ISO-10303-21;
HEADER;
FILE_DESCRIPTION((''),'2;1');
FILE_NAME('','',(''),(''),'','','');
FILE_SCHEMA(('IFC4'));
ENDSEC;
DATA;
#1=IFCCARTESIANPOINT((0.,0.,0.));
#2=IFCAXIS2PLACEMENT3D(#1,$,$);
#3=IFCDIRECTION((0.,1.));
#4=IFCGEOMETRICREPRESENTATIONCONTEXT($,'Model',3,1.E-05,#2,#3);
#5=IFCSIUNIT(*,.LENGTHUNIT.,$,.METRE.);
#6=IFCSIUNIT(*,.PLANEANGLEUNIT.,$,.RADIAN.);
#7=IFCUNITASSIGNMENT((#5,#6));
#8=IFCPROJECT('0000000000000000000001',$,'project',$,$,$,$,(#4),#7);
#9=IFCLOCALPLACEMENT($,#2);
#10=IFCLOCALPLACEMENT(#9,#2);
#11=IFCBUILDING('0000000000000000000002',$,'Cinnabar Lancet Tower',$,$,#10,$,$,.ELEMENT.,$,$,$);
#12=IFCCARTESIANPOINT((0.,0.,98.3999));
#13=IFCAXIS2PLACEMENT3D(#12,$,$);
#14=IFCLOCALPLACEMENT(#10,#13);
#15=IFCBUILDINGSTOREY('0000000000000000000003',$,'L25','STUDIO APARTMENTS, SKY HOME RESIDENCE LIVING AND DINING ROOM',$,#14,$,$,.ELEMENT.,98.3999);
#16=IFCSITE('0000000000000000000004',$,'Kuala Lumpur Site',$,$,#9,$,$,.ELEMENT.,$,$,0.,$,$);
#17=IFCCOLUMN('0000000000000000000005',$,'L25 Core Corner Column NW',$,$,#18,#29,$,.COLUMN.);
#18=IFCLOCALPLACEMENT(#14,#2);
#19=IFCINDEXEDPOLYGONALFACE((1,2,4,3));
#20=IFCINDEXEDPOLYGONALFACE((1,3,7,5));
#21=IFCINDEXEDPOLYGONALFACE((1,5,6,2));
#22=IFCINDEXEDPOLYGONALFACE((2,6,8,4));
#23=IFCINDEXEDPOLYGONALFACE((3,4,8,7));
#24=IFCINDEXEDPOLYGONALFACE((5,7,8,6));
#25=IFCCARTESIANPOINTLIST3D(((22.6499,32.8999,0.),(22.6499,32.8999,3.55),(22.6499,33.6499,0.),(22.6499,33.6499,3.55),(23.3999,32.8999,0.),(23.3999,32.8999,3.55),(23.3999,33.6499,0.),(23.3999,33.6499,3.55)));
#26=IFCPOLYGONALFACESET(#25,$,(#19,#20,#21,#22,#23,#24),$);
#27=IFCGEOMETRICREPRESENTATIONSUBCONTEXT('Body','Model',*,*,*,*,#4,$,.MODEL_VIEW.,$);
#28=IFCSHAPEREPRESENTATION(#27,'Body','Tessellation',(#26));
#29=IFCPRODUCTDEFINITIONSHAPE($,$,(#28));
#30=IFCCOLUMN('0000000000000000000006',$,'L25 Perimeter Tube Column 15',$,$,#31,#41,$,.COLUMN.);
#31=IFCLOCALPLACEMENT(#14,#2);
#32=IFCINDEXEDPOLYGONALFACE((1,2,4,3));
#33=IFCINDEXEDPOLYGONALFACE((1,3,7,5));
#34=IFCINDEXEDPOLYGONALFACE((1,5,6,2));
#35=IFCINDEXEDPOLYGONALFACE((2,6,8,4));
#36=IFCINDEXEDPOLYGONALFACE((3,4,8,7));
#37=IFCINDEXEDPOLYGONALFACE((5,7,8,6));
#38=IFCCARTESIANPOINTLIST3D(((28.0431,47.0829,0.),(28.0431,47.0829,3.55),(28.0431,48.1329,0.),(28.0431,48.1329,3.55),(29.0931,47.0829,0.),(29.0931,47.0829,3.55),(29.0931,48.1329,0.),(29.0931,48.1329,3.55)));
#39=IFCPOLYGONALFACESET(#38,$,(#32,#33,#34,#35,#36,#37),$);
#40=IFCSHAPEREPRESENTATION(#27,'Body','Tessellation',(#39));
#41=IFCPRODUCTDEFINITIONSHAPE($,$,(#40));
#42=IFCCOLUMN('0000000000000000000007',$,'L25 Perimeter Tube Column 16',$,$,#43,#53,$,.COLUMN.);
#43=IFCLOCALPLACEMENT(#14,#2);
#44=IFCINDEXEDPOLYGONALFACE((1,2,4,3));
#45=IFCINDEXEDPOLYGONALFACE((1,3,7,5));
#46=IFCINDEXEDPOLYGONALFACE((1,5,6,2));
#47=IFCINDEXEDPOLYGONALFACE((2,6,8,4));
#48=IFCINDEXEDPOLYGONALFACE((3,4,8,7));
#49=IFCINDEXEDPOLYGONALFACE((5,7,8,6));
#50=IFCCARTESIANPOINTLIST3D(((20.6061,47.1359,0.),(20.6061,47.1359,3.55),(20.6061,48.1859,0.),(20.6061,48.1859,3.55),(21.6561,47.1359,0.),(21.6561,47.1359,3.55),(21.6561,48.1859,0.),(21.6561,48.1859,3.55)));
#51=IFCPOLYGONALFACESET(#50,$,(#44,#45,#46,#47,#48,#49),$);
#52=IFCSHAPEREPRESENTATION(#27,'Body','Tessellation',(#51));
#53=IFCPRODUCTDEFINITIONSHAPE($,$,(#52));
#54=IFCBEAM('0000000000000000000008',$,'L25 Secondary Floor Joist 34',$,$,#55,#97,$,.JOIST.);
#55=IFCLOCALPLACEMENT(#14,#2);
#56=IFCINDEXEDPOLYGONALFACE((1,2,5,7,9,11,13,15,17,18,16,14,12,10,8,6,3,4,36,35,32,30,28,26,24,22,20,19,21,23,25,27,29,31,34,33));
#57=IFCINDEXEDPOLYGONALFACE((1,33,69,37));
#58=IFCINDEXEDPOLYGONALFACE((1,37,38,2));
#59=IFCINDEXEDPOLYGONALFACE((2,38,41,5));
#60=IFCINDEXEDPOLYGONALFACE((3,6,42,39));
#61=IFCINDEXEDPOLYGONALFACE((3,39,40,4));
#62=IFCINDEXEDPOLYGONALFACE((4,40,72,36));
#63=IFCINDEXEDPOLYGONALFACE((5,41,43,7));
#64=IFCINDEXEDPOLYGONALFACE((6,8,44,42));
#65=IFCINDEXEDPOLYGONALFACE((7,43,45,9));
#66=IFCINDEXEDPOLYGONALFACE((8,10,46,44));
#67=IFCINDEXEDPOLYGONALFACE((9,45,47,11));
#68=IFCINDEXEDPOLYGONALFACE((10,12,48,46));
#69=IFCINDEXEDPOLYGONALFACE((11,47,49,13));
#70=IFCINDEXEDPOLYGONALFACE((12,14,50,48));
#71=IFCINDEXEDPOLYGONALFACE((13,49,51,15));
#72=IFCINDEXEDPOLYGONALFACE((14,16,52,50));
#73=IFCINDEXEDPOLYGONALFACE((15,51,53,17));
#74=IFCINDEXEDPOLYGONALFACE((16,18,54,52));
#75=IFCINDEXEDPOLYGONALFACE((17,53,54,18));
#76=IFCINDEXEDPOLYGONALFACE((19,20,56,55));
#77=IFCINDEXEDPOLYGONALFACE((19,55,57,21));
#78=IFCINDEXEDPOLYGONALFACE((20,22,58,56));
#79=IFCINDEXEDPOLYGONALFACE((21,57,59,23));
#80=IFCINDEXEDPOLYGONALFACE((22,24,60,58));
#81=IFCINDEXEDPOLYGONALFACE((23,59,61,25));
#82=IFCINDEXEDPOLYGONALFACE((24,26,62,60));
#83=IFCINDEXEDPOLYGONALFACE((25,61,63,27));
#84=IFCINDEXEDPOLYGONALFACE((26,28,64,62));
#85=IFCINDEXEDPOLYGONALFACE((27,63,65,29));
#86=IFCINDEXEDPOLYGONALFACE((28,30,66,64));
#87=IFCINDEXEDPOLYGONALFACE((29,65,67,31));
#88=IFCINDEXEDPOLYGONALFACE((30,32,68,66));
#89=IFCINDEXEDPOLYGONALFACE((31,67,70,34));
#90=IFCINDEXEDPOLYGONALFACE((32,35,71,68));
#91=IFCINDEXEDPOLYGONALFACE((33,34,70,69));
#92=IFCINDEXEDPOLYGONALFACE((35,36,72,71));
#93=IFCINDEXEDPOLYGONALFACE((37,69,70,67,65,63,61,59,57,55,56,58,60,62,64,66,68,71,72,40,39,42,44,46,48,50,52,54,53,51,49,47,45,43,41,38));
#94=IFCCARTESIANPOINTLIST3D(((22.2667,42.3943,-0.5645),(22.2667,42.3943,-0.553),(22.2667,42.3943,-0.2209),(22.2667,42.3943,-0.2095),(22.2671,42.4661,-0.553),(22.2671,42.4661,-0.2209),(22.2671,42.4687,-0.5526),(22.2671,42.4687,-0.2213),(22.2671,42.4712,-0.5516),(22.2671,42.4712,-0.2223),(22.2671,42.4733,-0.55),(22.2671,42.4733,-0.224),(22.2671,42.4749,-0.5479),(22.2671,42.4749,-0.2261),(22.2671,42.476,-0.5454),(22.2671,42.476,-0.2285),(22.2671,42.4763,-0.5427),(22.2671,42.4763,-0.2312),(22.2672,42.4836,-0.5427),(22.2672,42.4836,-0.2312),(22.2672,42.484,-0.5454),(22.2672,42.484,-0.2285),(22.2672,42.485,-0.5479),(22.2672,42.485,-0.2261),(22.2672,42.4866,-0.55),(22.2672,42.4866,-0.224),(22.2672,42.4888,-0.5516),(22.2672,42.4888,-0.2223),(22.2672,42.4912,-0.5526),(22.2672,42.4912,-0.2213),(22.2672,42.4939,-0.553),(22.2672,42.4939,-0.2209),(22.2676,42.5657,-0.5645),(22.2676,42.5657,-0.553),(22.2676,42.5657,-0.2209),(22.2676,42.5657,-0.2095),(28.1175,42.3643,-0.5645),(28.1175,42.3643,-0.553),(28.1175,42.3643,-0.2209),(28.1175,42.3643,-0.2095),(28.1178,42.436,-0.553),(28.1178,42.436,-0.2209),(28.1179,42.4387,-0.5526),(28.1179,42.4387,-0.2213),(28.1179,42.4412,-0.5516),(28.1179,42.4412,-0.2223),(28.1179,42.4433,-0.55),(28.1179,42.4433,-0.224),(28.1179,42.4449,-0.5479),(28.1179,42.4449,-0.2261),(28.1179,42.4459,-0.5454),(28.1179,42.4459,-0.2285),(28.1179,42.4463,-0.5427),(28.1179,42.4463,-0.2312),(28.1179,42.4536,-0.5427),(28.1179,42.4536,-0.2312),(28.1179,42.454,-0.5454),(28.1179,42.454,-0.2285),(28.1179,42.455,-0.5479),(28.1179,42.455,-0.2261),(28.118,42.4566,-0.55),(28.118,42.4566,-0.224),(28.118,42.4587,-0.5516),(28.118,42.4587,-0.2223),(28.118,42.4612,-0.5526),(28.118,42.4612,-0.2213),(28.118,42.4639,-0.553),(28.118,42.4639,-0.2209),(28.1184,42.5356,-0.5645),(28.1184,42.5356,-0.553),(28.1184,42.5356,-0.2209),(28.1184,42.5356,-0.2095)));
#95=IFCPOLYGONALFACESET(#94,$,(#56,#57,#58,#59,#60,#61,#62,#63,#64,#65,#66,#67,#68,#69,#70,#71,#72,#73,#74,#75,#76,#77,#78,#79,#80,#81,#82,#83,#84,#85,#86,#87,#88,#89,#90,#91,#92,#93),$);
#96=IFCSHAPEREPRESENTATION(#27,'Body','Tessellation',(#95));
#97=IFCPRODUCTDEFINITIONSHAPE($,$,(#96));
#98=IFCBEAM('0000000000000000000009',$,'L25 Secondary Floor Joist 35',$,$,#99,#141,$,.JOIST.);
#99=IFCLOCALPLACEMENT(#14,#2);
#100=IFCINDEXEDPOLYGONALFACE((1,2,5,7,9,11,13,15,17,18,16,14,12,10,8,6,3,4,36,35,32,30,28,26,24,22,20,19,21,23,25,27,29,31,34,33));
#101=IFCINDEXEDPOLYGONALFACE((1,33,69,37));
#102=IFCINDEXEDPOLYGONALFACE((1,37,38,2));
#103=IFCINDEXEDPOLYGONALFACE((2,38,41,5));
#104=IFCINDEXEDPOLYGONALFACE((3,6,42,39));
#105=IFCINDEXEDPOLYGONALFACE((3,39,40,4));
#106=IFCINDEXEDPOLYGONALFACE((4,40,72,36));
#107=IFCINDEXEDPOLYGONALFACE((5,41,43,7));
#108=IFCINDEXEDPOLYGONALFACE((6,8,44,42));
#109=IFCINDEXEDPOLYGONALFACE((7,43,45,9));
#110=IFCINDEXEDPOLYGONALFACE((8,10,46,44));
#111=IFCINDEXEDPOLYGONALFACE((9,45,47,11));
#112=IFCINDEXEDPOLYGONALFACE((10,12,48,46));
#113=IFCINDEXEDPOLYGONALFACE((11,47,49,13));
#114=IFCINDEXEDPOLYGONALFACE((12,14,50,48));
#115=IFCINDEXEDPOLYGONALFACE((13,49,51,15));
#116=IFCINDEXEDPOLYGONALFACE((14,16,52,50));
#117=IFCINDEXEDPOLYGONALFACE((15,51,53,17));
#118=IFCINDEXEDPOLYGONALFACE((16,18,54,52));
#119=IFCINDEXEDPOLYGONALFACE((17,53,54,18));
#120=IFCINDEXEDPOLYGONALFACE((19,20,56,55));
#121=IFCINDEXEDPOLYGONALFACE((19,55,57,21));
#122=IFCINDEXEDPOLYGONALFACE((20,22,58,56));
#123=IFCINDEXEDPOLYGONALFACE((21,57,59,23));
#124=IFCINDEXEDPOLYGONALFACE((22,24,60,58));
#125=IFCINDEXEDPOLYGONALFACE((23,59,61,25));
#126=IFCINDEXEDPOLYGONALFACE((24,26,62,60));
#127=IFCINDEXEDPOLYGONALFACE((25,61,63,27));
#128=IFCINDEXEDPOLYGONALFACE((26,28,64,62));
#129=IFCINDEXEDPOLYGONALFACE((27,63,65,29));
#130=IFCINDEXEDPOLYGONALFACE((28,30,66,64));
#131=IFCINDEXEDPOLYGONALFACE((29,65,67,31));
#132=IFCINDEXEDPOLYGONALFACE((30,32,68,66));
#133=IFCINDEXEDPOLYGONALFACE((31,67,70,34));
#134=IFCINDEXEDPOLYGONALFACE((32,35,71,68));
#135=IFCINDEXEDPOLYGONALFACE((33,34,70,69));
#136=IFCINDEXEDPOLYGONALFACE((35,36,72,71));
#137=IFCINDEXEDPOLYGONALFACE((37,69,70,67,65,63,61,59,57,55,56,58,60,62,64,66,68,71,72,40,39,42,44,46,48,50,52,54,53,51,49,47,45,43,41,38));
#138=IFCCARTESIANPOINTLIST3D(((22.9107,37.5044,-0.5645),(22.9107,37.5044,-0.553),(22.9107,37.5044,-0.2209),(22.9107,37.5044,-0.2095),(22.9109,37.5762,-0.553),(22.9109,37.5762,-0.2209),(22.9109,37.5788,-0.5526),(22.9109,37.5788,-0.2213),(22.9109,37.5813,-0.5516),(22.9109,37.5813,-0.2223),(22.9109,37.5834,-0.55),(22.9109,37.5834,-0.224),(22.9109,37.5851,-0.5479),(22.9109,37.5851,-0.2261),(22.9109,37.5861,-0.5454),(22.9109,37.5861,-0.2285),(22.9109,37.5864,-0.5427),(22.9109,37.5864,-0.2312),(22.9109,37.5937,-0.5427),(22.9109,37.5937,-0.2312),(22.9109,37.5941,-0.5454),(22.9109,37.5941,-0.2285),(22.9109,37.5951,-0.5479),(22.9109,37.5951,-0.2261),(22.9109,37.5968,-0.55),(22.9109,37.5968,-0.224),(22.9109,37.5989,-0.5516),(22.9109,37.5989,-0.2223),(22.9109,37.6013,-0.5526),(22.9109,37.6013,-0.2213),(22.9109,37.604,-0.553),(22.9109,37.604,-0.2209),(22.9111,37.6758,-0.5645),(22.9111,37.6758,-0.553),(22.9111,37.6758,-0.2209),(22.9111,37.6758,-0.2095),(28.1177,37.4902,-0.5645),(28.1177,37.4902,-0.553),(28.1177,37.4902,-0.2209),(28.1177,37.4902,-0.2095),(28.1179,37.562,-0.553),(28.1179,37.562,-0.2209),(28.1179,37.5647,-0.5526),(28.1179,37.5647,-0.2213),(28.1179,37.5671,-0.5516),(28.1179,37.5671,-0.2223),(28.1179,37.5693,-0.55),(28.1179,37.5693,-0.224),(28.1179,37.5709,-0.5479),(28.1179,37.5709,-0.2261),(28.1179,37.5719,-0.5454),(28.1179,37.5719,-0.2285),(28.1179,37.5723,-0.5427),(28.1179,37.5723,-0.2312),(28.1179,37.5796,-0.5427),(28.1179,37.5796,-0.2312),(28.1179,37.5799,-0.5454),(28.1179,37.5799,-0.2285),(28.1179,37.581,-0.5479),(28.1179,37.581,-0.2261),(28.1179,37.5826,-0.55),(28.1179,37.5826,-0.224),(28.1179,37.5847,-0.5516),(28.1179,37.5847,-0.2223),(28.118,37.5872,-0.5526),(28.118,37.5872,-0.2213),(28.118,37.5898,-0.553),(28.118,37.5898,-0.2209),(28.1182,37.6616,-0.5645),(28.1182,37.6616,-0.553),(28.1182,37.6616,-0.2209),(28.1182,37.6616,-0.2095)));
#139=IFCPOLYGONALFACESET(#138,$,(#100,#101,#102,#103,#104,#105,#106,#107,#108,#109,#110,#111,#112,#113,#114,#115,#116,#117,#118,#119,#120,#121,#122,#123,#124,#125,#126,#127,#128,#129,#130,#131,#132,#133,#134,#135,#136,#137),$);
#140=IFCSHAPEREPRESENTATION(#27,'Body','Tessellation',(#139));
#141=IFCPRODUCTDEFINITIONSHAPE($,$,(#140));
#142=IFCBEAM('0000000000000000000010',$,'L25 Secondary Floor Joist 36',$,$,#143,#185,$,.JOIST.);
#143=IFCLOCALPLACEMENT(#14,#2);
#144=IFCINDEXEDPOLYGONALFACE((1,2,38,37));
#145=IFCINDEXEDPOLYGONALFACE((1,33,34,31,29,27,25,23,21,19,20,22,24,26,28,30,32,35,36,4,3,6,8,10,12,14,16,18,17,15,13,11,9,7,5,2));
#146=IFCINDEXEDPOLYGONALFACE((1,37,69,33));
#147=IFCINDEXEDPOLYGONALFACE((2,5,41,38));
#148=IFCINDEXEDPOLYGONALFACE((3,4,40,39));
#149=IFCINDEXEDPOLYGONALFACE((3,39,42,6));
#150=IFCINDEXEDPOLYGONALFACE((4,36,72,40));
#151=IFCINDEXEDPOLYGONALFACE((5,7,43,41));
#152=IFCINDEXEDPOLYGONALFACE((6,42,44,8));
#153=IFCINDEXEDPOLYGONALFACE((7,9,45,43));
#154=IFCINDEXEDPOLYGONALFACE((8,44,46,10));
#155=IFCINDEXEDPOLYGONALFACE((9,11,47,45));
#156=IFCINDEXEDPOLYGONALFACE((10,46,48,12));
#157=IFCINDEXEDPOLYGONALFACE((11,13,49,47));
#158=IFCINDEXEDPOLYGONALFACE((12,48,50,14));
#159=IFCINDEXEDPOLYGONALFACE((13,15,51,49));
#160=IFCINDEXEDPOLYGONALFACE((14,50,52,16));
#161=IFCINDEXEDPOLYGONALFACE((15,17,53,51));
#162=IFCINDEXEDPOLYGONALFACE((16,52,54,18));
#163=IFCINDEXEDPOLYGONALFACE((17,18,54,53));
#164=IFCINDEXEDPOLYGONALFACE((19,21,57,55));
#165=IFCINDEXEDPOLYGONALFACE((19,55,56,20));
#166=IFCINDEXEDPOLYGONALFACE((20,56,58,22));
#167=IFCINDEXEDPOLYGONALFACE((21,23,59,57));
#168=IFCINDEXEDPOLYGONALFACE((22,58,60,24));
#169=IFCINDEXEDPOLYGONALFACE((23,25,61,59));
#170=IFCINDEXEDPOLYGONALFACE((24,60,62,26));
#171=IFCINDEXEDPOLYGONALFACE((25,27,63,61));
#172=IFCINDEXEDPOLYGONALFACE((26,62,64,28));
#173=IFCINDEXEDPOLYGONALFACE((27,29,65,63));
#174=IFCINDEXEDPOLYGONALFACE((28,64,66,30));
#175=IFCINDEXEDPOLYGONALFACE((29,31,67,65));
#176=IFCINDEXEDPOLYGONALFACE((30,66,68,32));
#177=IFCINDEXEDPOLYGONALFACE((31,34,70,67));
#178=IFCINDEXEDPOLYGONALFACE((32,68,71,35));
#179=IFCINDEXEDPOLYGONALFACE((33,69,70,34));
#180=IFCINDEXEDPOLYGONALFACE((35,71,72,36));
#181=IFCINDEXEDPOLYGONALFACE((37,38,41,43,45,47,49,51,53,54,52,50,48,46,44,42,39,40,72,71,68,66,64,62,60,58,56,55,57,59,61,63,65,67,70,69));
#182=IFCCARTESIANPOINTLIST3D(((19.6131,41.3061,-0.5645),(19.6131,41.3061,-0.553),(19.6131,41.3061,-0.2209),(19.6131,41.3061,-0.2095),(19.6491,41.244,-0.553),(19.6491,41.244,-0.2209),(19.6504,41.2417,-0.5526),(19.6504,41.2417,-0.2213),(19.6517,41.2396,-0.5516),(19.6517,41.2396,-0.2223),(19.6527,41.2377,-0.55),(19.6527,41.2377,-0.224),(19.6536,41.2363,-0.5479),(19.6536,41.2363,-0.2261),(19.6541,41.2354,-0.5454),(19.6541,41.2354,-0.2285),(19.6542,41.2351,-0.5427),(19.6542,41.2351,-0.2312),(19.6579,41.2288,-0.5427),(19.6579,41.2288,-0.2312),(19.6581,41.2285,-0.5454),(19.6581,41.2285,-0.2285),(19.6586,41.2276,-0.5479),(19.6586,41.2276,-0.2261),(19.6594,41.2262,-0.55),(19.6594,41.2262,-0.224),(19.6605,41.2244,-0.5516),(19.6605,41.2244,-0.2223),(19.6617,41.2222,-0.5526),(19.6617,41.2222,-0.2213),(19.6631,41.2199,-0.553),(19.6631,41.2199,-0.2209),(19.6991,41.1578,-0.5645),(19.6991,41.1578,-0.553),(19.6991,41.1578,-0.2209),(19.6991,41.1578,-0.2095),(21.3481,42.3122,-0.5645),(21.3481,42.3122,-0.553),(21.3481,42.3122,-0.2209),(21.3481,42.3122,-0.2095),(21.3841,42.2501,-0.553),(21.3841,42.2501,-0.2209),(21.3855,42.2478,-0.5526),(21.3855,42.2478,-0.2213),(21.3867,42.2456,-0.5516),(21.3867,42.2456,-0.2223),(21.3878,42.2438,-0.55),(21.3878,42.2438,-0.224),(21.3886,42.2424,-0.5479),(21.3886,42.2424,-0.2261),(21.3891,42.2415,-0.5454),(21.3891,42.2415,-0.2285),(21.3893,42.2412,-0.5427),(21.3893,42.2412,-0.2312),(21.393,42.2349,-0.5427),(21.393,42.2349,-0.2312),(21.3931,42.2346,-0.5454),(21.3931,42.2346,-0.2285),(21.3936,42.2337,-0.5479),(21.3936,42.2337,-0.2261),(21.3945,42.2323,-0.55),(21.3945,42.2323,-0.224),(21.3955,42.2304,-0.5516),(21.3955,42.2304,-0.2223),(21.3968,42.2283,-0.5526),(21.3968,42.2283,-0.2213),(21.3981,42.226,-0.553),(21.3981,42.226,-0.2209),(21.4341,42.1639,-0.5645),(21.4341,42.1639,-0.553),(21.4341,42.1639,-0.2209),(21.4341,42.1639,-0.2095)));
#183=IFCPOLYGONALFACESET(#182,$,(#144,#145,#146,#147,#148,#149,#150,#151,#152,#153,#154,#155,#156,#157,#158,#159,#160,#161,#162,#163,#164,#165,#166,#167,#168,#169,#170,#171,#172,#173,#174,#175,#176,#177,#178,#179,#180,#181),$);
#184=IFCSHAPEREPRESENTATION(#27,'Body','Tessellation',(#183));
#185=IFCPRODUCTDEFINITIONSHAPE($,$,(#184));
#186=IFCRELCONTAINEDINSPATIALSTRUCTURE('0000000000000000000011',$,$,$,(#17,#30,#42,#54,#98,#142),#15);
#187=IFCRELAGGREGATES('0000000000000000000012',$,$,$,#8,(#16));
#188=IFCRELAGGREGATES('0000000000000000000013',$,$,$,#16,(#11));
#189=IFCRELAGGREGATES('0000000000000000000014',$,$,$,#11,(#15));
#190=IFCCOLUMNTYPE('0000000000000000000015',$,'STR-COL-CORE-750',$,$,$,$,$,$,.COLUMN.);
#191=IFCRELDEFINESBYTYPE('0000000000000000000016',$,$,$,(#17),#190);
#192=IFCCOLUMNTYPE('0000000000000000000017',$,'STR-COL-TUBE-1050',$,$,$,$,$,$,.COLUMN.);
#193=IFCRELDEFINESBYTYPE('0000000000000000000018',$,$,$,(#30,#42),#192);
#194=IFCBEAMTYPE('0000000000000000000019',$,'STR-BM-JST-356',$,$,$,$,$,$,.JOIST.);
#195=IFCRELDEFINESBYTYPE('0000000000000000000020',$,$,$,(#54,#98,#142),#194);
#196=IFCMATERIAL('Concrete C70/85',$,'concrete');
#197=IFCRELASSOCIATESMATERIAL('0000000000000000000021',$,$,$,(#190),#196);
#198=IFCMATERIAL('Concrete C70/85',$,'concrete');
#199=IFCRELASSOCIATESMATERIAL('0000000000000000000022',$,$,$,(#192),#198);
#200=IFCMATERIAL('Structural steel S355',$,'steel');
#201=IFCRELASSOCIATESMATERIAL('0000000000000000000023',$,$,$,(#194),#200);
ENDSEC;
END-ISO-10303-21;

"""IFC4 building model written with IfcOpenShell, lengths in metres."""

from ifc_helpers import new_model, si_unit, direction, frame, origin, origin_2d, place, context, subcontext, project, spatial, rectangle, i_section, extrude, material, material_profile, profile_set, type_object, element, save


model = new_model("IFC4")

# Units and contexts
model_context = context("Model", 3, precision=1e-05, world=origin(), true_north=direction((0.0, 1.0)))
body_context = subcontext(model_context, "Body", "Model", "MODEL_VIEW")
ifc_project = project(units=[si_unit("LENGTHUNIT", "METRE"), si_unit("PLANEANGLEUNIT", "RADIAN")], contexts=[model_context])

# Site, building, storey
site_placement = place(None, origin())
site = spatial("IfcSite", under=ifc_project, at=site_placement, Name="Kuala Lumpur Site", CompositionType="ELEMENT", RefElevation=0.0)
building_placement = place(site_placement, origin())
building = spatial("IfcBuilding", under=site, at=building_placement, Name="Cinnabar Lancet Tower", CompositionType="ELEMENT")
storey_placement = place(building_placement, frame((0.0, 0.0, 98.3999)))
storey = spatial("IfcBuildingStorey", under=building, at=storey_placement, Name="L25", Description="STUDIO APARTMENTS, SKY HOME RESIDENCE LIVING AND DINING ROOM", CompositionType="ELEMENT", Elevation=98.3999)

# Columns
ifc_material_1 = material(Name="Concrete C70/85", Category="concrete")
ifc_material_profile_1 = material_profile(ifc_material_1, rectangle(XDim=0.75, YDim=0.75, at=origin_2d()), Name="RC-COL 750x750")
ifc_profile_set_1 = profile_set([ifc_material_profile_1], Name="Concrete C70/85")
column_type_1 = type_object("IfcColumnType", Name="STR-COL-CORE-750", PredefinedType="COLUMN", material=ifc_profile_set_1)
column_placement = place(storey_placement, frame((23.0249, 33.2749, 0.0), z_axis=(0.0, 0.0, 1.0), x_axis=(1.0, 0.0, 0.0)))
element("IfcColumn", 1, at=column_placement, inside=storey, type_object=column_type_1, Name="L25 Core Corner Column NW", PredefinedType="COLUMN", context=body_context, shape_type="SweptSolid", body=[
    extrude(rectangle(XDim=0.75, YDim=0.75, at=origin_2d()), origin(), (0.0, 0.0, 1.0), 3.55),
])
ifc_material_2 = material(Name="Concrete C70/85", Category="concrete")
ifc_material_profile_2 = material_profile(ifc_material_2, rectangle(XDim=1.05, YDim=1.05, at=origin_2d()), Name="RC-COL 1050x1050")
ifc_profile_set_2 = profile_set([ifc_material_profile_2], Name="Concrete C70/85")
column_type_2 = type_object("IfcColumnType", Name="STR-COL-TUBE-1050", PredefinedType="COLUMN", material=ifc_profile_set_2)
for number, where, z_axis, x_axis, name in (
    (2, (28.5681, 47.6079, 0.0), (0.0, 0.0, 1.0), (1.0, 0.0, 0.0), "L25 Perimeter Tube Column 15"),
    (3, (21.1311, 47.6609, 0.0), (0.0, 0.0, 1.0), (1.0, 0.0, 0.0), "L25 Perimeter Tube Column 16"),
):
    element("IfcColumn", number, at=place(storey_placement, frame(where, z_axis=z_axis, x_axis=x_axis)), inside=storey, type_object=column_type_2, Name=name, PredefinedType="COLUMN", context=body_context, shape_type="SweptSolid", body=[
        extrude(rectangle(XDim=1.05, YDim=1.05, at=origin_2d()), origin(), (0.0, 0.0, 1.0), 3.55),
    ])

# Beams
ifc_material_3 = material(Name="Structural steel S355", Category="steel")
ifc_material_profile_3 = material_profile(ifc_material_3, i_section(OverallWidth=0.1714, OverallDepth=0.355, WebThickness=0.0073, FlangeThickness=0.0115, FilletRadius=0.0103, at=origin_2d()), Name="UKB 356x171x51")
ifc_profile_set_3 = profile_set([ifc_material_profile_3], Name="Structural steel S355")
beam_type_1 = type_object("IfcBeamType", Name="STR-BM-JST-356", PredefinedType="JOIST", material=ifc_profile_set_3)
beam_1_placement = place(storey_placement, frame((28.1179, 42.45, -0.387), z_axis=(-0.999987, 0.005132, 0.0), x_axis=(-0.005132, -0.999987, 0.0)))
element("IfcBeam", 4, at=beam_1_placement, inside=storey, type_object=beam_type_1, Name="L25 Secondary Floor Joist 34", PredefinedType="JOIST", context=body_context, shape_type="SweptSolid", body=[
    extrude(i_section(OverallWidth=0.1714, OverallDepth=0.355, WebThickness=0.0073, FlangeThickness=0.0115, FilletRadius=0.0103, at=origin_2d()), origin(), (0.0, 0.0, 1.0), 5.8508),
])
beam_2_placement = place(storey_placement, frame((28.1179, 37.5759, -0.387), z_axis=(-0.999996, 0.002719, 0.0), x_axis=(-0.002719, -0.999996, 0.0)))
element("IfcBeam", 5, at=beam_2_placement, inside=storey, type_object=beam_type_1, Name="L25 Secondary Floor Joist 35", PredefinedType="JOIST", context=body_context, shape_type="SweptSolid", body=[
    extrude(i_section(OverallWidth=0.1714, OverallDepth=0.355, WebThickness=0.0073, FlangeThickness=0.0115, FilletRadius=0.0103, at=origin_2d()), origin(), (0.0, 0.0, 1.0), 5.207),
])
beam_3_placement = place(storey_placement, frame((21.3911, 42.238, -0.387), z_axis=(-0.865087, -0.501622, 0.0), x_axis=(0.501622, -0.865087, 0.0)))
element("IfcBeam", 6, at=beam_3_placement, inside=storey, type_object=beam_type_1, Name="L25 Secondary Floor Joist 36", PredefinedType="JOIST", context=body_context, shape_type="SweptSolid", body=[
    extrude(i_section(OverallWidth=0.1714, OverallDepth=0.355, WebThickness=0.0073, FlangeThickness=0.0115, FilletRadius=0.0103, at=origin_2d()), origin(), (0.0, 0.0, 1.0), 2.0056),
])

save(model, "model.ifc")
